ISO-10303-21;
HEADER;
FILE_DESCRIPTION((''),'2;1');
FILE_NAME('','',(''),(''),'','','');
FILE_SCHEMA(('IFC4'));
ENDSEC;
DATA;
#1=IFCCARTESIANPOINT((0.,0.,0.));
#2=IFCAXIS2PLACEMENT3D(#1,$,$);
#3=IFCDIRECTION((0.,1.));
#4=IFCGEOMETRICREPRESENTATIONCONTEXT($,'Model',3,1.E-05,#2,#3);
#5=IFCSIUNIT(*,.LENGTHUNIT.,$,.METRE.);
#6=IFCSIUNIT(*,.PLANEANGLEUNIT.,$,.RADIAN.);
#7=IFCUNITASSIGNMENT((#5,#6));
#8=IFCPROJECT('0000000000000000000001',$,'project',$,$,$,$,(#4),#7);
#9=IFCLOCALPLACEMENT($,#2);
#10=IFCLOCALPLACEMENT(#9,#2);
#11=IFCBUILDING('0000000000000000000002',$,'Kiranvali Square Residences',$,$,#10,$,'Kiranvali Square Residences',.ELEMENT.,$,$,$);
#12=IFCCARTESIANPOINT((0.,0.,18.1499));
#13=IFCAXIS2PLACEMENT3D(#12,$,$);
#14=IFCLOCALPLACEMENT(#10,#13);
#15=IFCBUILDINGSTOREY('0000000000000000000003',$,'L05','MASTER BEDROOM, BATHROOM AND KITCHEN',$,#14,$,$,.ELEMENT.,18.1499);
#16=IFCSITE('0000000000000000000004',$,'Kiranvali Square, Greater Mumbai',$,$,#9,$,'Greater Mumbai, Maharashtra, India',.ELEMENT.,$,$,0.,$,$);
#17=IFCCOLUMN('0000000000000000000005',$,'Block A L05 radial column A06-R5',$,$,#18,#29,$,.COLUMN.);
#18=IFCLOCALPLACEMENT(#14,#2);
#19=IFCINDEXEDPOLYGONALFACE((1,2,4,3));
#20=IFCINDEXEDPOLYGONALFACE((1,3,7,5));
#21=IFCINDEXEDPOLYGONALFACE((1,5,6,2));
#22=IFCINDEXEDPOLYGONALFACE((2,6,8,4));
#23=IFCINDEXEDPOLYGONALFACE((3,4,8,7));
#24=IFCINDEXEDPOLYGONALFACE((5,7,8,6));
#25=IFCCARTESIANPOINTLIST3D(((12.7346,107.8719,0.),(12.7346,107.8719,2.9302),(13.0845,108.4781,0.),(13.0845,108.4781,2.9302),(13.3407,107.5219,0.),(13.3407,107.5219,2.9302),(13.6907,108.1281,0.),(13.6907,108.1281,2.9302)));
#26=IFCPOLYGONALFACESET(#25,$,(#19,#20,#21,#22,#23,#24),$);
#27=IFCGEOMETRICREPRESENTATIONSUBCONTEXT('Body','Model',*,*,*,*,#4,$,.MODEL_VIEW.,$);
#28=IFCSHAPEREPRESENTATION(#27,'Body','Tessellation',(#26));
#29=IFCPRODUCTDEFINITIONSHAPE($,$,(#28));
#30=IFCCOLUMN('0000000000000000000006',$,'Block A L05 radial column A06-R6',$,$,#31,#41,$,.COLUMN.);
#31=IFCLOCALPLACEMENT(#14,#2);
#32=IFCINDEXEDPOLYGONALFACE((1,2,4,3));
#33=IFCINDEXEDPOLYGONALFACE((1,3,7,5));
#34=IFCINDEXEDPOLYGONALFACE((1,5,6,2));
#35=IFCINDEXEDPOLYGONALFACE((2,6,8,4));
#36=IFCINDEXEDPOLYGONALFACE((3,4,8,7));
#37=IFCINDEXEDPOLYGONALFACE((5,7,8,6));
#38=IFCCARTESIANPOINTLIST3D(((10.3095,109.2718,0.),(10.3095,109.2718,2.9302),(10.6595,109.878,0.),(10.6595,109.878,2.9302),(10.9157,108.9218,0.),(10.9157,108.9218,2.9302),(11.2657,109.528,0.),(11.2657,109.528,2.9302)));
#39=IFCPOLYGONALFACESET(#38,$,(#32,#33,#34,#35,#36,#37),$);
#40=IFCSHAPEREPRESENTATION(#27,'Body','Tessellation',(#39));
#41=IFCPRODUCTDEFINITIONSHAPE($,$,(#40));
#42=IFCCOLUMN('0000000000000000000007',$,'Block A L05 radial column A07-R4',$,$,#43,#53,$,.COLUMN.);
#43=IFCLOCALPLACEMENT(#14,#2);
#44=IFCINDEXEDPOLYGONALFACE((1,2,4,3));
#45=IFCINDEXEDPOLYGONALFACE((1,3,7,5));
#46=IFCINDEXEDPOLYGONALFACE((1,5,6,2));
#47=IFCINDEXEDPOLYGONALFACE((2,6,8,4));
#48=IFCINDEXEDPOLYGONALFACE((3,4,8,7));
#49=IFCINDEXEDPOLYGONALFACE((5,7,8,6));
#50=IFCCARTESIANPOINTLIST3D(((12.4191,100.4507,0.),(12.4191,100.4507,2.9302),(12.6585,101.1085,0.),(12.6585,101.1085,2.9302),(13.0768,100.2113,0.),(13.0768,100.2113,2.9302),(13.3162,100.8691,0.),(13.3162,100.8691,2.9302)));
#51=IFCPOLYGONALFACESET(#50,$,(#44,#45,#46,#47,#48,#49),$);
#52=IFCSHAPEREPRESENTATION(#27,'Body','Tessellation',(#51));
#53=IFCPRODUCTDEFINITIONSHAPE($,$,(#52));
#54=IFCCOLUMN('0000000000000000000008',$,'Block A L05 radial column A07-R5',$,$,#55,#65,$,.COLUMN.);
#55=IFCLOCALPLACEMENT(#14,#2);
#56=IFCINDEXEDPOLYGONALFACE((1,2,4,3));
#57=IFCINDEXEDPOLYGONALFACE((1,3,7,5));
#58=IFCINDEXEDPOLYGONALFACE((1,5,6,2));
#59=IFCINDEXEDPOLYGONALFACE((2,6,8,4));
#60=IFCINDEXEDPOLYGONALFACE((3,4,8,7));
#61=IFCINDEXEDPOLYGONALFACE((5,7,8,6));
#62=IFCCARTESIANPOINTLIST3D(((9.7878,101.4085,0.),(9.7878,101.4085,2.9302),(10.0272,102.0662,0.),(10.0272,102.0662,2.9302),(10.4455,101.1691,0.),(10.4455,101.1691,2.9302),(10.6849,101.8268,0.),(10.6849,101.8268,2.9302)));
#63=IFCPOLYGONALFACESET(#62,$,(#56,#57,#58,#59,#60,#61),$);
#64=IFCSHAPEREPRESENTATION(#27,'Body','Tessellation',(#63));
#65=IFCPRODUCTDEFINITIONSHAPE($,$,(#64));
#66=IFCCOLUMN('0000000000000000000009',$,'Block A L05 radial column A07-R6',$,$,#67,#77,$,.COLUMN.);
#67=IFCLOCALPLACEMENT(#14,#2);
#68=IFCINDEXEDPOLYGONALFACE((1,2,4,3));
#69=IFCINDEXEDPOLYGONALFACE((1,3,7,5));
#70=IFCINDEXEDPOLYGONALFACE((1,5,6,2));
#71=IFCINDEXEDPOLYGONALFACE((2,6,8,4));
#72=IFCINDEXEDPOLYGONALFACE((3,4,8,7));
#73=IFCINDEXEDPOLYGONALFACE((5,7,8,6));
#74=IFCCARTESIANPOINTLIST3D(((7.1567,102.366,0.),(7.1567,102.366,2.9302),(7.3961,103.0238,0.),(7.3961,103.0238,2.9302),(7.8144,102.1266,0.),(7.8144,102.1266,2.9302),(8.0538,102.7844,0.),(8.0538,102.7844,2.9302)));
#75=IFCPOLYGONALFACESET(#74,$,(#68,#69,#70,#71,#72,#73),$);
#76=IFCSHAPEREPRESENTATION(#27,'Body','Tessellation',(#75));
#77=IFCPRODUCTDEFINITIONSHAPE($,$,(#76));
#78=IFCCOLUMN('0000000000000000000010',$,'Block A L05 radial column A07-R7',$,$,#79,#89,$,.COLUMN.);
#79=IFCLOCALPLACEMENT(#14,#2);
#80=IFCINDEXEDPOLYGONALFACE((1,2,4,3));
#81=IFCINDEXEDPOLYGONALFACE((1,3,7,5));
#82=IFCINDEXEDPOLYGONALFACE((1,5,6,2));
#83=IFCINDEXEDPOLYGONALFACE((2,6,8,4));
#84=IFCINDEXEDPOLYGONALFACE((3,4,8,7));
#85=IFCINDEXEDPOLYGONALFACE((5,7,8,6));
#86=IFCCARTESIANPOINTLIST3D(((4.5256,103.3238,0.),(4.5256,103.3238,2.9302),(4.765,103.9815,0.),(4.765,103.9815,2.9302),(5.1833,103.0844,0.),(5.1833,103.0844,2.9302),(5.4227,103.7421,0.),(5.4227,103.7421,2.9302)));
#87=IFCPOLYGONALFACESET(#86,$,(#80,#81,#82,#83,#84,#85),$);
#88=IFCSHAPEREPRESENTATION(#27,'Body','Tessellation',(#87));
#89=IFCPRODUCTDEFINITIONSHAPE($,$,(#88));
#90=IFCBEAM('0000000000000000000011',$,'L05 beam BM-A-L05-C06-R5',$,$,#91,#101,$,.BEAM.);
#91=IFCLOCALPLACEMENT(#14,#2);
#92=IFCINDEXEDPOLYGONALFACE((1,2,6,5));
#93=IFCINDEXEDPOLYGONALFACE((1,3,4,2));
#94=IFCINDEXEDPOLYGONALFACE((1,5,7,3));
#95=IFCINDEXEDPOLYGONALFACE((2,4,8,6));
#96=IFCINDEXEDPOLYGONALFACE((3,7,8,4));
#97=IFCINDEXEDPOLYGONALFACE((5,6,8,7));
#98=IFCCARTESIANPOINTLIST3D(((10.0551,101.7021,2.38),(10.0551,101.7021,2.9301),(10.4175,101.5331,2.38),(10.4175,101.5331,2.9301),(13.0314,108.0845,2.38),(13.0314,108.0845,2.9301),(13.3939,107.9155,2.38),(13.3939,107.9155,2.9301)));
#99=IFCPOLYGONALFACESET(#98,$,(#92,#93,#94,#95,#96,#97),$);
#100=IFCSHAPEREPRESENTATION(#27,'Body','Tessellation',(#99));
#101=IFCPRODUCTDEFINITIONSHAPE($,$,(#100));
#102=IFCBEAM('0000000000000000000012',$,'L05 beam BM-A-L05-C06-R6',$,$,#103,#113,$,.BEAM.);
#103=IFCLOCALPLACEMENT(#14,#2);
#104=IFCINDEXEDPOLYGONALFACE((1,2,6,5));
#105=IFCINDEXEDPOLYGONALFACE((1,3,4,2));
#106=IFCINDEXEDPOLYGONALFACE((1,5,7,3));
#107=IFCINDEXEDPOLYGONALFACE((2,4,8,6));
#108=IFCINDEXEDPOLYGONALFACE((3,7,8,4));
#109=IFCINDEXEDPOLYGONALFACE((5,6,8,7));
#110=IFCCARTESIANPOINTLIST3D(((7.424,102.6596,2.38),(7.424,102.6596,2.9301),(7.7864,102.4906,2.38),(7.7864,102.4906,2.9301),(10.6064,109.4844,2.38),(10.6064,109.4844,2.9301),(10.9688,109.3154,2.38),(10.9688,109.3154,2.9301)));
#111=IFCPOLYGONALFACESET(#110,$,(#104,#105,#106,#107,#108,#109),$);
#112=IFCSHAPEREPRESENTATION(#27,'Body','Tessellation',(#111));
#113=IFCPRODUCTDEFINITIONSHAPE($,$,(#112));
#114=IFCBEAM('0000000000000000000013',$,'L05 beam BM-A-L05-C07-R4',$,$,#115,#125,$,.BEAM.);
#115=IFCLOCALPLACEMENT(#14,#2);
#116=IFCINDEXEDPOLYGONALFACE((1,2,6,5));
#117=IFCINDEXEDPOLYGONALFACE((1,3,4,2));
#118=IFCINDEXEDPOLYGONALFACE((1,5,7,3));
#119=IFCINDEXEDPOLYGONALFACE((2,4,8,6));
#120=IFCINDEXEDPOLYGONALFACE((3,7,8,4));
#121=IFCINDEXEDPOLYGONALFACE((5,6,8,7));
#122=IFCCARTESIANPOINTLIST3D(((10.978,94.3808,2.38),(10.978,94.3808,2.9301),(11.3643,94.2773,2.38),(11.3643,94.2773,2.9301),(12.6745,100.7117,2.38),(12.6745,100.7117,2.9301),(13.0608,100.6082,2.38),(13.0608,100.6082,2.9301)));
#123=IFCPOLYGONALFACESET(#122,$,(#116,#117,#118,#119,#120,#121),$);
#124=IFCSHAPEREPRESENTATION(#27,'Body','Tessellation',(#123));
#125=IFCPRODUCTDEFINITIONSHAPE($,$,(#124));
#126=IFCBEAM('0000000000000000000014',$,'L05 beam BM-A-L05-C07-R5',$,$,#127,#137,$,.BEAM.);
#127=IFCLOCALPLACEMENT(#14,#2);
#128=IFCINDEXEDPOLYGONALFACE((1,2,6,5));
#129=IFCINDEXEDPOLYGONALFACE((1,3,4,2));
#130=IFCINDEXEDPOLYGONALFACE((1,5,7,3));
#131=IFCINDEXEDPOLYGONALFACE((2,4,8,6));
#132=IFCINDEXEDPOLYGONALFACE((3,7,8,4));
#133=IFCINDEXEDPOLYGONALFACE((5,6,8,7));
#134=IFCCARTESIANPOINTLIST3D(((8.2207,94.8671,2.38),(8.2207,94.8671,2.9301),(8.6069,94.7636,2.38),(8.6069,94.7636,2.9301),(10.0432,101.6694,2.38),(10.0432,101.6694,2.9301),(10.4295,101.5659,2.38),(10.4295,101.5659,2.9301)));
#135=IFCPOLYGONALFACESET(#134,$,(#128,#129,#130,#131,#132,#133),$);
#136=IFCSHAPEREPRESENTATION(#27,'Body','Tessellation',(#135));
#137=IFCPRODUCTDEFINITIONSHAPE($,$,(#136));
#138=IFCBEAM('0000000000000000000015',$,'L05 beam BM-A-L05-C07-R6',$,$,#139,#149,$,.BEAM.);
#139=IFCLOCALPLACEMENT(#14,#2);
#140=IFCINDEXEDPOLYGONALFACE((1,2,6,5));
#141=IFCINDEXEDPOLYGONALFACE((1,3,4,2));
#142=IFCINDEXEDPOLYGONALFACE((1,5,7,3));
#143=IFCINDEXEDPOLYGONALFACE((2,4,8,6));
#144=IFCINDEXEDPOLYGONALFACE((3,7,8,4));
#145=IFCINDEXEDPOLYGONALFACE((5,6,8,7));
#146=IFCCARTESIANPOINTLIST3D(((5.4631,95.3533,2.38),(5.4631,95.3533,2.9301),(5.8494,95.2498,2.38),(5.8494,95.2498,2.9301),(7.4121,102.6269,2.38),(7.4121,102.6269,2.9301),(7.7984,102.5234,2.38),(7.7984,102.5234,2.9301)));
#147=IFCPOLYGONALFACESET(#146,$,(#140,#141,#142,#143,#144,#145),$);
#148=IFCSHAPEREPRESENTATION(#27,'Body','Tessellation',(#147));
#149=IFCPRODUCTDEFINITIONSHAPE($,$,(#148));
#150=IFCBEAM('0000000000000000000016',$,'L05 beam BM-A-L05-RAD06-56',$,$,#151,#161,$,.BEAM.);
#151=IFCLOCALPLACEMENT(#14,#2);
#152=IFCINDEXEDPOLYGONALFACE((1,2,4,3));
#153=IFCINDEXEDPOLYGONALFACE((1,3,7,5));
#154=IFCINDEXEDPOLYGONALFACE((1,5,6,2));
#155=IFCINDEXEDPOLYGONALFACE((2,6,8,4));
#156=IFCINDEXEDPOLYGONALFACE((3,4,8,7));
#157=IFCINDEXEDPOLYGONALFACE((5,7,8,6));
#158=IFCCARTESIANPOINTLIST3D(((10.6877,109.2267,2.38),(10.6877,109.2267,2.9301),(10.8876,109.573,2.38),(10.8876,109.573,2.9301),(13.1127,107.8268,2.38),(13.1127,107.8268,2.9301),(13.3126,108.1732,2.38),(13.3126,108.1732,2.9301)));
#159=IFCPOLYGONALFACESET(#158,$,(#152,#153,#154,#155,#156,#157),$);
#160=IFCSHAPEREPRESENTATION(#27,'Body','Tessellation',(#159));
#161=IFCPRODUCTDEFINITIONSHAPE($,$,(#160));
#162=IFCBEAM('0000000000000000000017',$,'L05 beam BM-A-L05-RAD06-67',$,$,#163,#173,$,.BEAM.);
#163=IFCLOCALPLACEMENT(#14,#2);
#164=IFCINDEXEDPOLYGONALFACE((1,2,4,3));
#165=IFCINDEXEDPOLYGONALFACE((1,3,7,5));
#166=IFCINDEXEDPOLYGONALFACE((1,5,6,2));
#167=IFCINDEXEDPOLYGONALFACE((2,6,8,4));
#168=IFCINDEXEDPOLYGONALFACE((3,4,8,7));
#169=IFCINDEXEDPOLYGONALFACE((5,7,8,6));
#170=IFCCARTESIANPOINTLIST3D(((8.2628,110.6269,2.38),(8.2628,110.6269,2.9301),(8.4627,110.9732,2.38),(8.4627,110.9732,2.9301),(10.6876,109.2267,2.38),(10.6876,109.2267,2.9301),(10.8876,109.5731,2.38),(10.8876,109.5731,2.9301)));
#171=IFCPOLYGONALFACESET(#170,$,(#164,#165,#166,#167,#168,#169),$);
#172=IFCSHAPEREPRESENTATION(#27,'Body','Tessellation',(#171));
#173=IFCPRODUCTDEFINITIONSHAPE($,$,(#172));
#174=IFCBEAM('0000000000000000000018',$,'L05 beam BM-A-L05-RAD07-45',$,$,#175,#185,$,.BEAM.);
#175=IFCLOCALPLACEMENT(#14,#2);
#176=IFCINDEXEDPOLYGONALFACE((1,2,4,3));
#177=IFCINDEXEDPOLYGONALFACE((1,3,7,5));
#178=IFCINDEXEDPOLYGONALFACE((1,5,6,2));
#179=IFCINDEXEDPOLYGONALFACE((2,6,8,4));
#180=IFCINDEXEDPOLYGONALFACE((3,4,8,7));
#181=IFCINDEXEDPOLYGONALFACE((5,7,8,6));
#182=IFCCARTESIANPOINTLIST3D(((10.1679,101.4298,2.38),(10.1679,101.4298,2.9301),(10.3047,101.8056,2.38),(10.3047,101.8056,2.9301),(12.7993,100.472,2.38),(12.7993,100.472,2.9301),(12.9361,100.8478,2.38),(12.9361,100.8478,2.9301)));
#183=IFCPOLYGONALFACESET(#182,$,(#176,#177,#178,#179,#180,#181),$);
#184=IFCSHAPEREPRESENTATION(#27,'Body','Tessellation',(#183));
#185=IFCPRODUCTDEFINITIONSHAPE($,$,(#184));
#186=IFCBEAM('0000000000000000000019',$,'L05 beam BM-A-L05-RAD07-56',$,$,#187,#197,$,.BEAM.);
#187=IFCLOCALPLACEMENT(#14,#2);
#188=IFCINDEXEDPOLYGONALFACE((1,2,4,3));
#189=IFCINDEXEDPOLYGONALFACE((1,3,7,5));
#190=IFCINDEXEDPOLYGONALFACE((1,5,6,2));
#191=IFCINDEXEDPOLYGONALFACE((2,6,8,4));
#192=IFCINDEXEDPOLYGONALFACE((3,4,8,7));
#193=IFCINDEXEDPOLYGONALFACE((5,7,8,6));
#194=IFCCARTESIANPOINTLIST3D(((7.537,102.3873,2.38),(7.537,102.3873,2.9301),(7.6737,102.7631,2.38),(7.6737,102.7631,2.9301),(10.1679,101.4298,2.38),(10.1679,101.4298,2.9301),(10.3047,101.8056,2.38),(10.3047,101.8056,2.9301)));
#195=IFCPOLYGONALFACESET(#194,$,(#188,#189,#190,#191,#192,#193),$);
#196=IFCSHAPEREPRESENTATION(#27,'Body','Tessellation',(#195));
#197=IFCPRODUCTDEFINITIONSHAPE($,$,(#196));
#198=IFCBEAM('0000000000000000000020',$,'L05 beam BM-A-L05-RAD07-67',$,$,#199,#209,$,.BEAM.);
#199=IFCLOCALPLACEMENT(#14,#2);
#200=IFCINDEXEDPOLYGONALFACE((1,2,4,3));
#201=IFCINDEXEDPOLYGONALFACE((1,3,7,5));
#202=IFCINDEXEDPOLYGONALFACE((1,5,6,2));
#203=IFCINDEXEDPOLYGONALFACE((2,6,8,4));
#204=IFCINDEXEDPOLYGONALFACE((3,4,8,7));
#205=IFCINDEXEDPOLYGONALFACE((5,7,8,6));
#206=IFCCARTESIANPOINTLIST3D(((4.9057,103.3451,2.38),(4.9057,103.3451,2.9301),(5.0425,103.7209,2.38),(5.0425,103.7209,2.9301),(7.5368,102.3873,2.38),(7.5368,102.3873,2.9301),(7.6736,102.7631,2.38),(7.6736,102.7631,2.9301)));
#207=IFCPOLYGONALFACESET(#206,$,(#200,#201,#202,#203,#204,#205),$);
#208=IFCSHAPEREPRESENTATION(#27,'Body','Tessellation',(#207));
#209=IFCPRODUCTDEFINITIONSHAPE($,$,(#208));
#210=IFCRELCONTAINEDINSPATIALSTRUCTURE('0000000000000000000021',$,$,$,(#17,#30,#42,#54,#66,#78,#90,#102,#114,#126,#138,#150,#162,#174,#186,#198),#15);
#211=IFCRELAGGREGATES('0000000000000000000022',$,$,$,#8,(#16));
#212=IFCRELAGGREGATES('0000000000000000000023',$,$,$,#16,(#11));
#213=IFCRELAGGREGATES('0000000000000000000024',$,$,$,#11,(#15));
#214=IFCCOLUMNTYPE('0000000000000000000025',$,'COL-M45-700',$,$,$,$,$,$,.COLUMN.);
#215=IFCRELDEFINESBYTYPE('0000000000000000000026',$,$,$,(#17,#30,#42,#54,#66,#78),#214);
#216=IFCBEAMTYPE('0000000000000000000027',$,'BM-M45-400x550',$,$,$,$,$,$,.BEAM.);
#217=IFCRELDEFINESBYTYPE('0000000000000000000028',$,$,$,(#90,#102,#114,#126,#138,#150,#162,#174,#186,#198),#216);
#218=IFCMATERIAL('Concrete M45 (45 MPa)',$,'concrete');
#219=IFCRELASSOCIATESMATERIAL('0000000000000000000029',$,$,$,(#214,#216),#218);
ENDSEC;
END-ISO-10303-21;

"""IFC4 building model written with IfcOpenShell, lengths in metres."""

from ifc_helpers import new_model, si_unit, direction, frame, origin, origin_2d, place, context, subcontext, project, spatial, rectangle, extrude, material, material_profile, profile_set, type_object, element, save


model = new_model("IFC4")

# Units and contexts
model_context = context("Model", 3, precision=1e-05, world=origin(), true_north=direction((0.0, 1.0)))
body_context = subcontext(model_context, "Body", "Model", "MODEL_VIEW")
ifc_project = project(units=[si_unit("LENGTHUNIT", "METRE"), si_unit("PLANEANGLEUNIT", "RADIAN")], contexts=[model_context])

# Site, building, storey
site_placement = place(None, origin())
site = spatial("IfcSite", under=ifc_project, at=site_placement, Name="Kiranvali Square, Greater Mumbai", LongName="Greater Mumbai, Maharashtra, India", CompositionType="ELEMENT", RefElevation=0.0)
building_placement = place(site_placement, origin())
building = spatial("IfcBuilding", under=site, at=building_placement, Name="Kiranvali Square Residences", LongName="Kiranvali Square Residences", CompositionType="ELEMENT")
storey_placement = place(building_placement, frame((0.0, 0.0, 18.1499)))
storey = spatial("IfcBuildingStorey", under=building, at=storey_placement, Name="L05", Description="MASTER BEDROOM, BATHROOM AND KITCHEN", CompositionType="ELEMENT", Elevation=18.1499)

# Columns
ifc_material_1 = material(Name="Concrete M45 (45 MPa)", Category="concrete")
ifc_material_profile_1 = material_profile(ifc_material_1, rectangle(XDim=0.7, YDim=0.7, at=origin_2d()), Name="RC 700x700")
ifc_profile_set_1 = profile_set([ifc_material_profile_1], Name="Concrete M45 (45 MPa)")
column_type = type_object("IfcColumnType", Name="COL-M45-700", PredefinedType="COLUMN", material=ifc_profile_set_1)
for number, where, z_axis, x_axis, name in (
    (1, (13.2126, 108.0, 0.0), (0.0, 0.0, 1.0), (0.5, 0.866025, 0.0), "Block A L05 radial column A06-R5"),
    (2, (10.7876, 109.3999, 0.0), (0.0, 0.0, 1.0), (0.5, 0.866025, 0.0), "Block A L05 radial column A06-R6"),
    (3, (12.8677, 100.6599, 0.0), (0.0, 0.0, 1.0), (0.34202, 0.939693, 0.0), "Block A L05 radial column A07-R4"),
    (4, (10.2363, 101.6177, 0.0), (0.0, 0.0, 1.0), (0.34202, 0.939693, 0.0), "Block A L05 radial column A07-R5"),
    (5, (7.6052, 102.5752, 0.0), (0.0, 0.0, 1.0), (0.34202, 0.939693, 0.0), "Block A L05 radial column A07-R6"),
    (6, (4.9741, 103.533, 0.0), (0.0, 0.0, 1.0), (0.34202, 0.939693, 0.0), "Block A L05 radial column A07-R7"),
):
    element("IfcColumn", number, at=place(storey_placement, frame(where, z_axis=z_axis, x_axis=x_axis)), inside=storey, type_object=column_type, Name=name, PredefinedType="COLUMN", context=body_context, shape_type="SweptSolid", body=[
        extrude(rectangle(XDim=0.7, YDim=0.7, at=origin_2d()), origin(), (0.0, 0.0, 1.0), 2.9302),
    ])

# Beams
ifc_material_profile_2 = material_profile(ifc_material_1, rectangle(XDim=0.3999, YDim=0.55, at=origin_2d()), Name="RC 400x550")
ifc_profile_set_2 = profile_set([ifc_material_profile_2], Name="Concrete M45 (45 MPa)")
beam_type_1 = type_object("IfcBeamType", Name="BM-M45-400x550", PredefinedType="BEAM", material=ifc_profile_set_2)
beam_1_placement = place(storey_placement, frame((13.2126, 108.0, 2.655), z_axis=(-0.422641, -0.906297, 0.0), x_axis=(0.906297, -0.422641, 0.0)))
element("IfcBeam", 7, at=beam_1_placement, inside=storey, type_object=beam_type_1, Name="L05 beam BM-A-L05-C06-R5", PredefinedType="BEAM", context=body_context, shape_type="SweptSolid", body=[
    extrude(rectangle(XDim=0.3999, YDim=0.55, at=origin_2d()), origin(), (0.0, 0.0, 1.0), 7.0422),
])
beam_2_placement = place(storey_placement, frame((10.7876, 109.3999, 2.655), z_axis=(-0.422614, -0.90631, 0.0), x_axis=(0.90631, -0.422614, 0.0)))
element("IfcBeam", 8, at=beam_2_placement, inside=storey, type_object=beam_type_1, Name="L05 beam BM-A-L05-C06-R6", PredefinedType="BEAM", context=body_context, shape_type="SweptSolid", body=[
    extrude(rectangle(XDim=0.3999, YDim=0.55, at=origin_2d()), origin(), (0.0, 0.0, 1.0), 7.5303),
])
beam_3_placement = place(storey_placement, frame((12.8677, 100.6599, 2.655), z_axis=(-0.258847, -0.965918, 0.0), x_axis=(0.965918, -0.258847, 0.0)))
element("IfcBeam", 9, at=beam_3_placement, inside=storey, type_object=beam_type_1, Name="L05 beam BM-A-L05-C07-R4", PredefinedType="BEAM", context=body_context, shape_type="SweptSolid", body=[
    extrude(rectangle(XDim=0.3999, YDim=0.55, at=origin_2d()), origin(), (0.0, 0.0, 1.0), 6.5542),
])
beam_4_placement = place(storey_placement, frame((10.2363, 101.6177, 2.655), z_axis=(-0.2588, -0.965931, 0.0), x_axis=(0.965931, -0.2588, 0.0)))
element("IfcBeam", 10, at=beam_4_placement, inside=storey, type_object=beam_type_1, Name="L05 beam BM-A-L05-C07-R5", PredefinedType="BEAM", context=body_context, shape_type="SweptSolid", body=[
    extrude(rectangle(XDim=0.3999, YDim=0.55, at=origin_2d()), origin(), (0.0, 0.0, 1.0), 7.0422),
])
beam_5_placement = place(storey_placement, frame((7.6052, 102.5752, 2.655), z_axis=(-0.258819, -0.965926, 0.0), x_axis=(0.965926, -0.258819, 0.0)))
element("IfcBeam", 11, at=beam_5_placement, inside=storey, type_object=beam_type_1, Name="L05 beam BM-A-L05-C07-R6", PredefinedType="BEAM", context=body_context, shape_type="SweptSolid", body=[
    extrude(rectangle(XDim=0.3999, YDim=0.55, at=origin_2d()), origin(), (0.0, 0.0, 1.0), 7.5303),
])
for number, where, z_axis, x_axis, name in (
    (12, (13.2126, 108.0, 2.655), (-0.866056, 0.499946, 0.0), (-0.499946, -0.866056, 0.0), "L05 beam BM-A-L05-RAD06-56"),
    (13, (10.7876, 109.3999, 2.655), (-0.865997, 0.50005, 0.0), (-0.50005, -0.865997, 0.0), "L05 beam BM-A-L05-RAD06-67"),
):
    element("IfcBeam", number, at=place(storey_placement, frame(where, z_axis=z_axis, x_axis=x_axis)), inside=storey, type_object=beam_type_1, Name=name, PredefinedType="BEAM", context=body_context, shape_type="SweptSolid", body=[
        extrude(rectangle(XDim=0.3999, YDim=0.55, at=origin_2d()), origin(), (0.0, 0.0, 1.0), 2.8),
    ])
beam_6_placement = place(storey_placement, frame((12.8677, 100.6599, 2.655), z_axis=(-0.939689, 0.34203, 0.0), x_axis=(-0.34203, -0.939689, 0.0)))
element("IfcBeam", 14, at=beam_6_placement, inside=storey, type_object=beam_type_1, Name="L05 beam BM-A-L05-RAD07-45", PredefinedType="BEAM", context=body_context, shape_type="SweptSolid", body=[
    extrude(rectangle(XDim=0.3999, YDim=0.55, at=origin_2d()), origin(), (0.0, 0.0, 1.0), 2.8003),
])
beam_7_placement = place(storey_placement, frame((10.2363, 101.6177, 2.655), z_axis=(-0.939707, 0.341981, 0.0), x_axis=(-0.341981, -0.939707, 0.0)))
element("IfcBeam", 15, at=beam_7_placement, inside=storey, type_object=beam_type_1, Name="L05 beam BM-A-L05-RAD07-56", PredefinedType="BEAM", context=body_context, shape_type="SweptSolid", body=[
    extrude(rectangle(XDim=0.3999, YDim=0.55, at=origin_2d()), origin(), (0.0, 0.0, 1.0), 2.7998),
])
beam_8_placement = place(storey_placement, frame((7.6052, 102.5752, 2.655), z_axis=(-0.939679, 0.342058, 0.0), x_axis=(-0.342058, -0.939679, 0.0)))
element("IfcBeam", 16, at=beam_8_placement, inside=storey, type_object=beam_type_1, Name="L05 beam BM-A-L05-RAD07-67", PredefinedType="BEAM", context=body_context, shape_type="SweptSolid", body=[
    extrude(rectangle(XDim=0.3999, YDim=0.55, at=origin_2d()), origin(), (0.0, 0.0, 1.0), 2.8),
])

save(model, "model.ifc")
